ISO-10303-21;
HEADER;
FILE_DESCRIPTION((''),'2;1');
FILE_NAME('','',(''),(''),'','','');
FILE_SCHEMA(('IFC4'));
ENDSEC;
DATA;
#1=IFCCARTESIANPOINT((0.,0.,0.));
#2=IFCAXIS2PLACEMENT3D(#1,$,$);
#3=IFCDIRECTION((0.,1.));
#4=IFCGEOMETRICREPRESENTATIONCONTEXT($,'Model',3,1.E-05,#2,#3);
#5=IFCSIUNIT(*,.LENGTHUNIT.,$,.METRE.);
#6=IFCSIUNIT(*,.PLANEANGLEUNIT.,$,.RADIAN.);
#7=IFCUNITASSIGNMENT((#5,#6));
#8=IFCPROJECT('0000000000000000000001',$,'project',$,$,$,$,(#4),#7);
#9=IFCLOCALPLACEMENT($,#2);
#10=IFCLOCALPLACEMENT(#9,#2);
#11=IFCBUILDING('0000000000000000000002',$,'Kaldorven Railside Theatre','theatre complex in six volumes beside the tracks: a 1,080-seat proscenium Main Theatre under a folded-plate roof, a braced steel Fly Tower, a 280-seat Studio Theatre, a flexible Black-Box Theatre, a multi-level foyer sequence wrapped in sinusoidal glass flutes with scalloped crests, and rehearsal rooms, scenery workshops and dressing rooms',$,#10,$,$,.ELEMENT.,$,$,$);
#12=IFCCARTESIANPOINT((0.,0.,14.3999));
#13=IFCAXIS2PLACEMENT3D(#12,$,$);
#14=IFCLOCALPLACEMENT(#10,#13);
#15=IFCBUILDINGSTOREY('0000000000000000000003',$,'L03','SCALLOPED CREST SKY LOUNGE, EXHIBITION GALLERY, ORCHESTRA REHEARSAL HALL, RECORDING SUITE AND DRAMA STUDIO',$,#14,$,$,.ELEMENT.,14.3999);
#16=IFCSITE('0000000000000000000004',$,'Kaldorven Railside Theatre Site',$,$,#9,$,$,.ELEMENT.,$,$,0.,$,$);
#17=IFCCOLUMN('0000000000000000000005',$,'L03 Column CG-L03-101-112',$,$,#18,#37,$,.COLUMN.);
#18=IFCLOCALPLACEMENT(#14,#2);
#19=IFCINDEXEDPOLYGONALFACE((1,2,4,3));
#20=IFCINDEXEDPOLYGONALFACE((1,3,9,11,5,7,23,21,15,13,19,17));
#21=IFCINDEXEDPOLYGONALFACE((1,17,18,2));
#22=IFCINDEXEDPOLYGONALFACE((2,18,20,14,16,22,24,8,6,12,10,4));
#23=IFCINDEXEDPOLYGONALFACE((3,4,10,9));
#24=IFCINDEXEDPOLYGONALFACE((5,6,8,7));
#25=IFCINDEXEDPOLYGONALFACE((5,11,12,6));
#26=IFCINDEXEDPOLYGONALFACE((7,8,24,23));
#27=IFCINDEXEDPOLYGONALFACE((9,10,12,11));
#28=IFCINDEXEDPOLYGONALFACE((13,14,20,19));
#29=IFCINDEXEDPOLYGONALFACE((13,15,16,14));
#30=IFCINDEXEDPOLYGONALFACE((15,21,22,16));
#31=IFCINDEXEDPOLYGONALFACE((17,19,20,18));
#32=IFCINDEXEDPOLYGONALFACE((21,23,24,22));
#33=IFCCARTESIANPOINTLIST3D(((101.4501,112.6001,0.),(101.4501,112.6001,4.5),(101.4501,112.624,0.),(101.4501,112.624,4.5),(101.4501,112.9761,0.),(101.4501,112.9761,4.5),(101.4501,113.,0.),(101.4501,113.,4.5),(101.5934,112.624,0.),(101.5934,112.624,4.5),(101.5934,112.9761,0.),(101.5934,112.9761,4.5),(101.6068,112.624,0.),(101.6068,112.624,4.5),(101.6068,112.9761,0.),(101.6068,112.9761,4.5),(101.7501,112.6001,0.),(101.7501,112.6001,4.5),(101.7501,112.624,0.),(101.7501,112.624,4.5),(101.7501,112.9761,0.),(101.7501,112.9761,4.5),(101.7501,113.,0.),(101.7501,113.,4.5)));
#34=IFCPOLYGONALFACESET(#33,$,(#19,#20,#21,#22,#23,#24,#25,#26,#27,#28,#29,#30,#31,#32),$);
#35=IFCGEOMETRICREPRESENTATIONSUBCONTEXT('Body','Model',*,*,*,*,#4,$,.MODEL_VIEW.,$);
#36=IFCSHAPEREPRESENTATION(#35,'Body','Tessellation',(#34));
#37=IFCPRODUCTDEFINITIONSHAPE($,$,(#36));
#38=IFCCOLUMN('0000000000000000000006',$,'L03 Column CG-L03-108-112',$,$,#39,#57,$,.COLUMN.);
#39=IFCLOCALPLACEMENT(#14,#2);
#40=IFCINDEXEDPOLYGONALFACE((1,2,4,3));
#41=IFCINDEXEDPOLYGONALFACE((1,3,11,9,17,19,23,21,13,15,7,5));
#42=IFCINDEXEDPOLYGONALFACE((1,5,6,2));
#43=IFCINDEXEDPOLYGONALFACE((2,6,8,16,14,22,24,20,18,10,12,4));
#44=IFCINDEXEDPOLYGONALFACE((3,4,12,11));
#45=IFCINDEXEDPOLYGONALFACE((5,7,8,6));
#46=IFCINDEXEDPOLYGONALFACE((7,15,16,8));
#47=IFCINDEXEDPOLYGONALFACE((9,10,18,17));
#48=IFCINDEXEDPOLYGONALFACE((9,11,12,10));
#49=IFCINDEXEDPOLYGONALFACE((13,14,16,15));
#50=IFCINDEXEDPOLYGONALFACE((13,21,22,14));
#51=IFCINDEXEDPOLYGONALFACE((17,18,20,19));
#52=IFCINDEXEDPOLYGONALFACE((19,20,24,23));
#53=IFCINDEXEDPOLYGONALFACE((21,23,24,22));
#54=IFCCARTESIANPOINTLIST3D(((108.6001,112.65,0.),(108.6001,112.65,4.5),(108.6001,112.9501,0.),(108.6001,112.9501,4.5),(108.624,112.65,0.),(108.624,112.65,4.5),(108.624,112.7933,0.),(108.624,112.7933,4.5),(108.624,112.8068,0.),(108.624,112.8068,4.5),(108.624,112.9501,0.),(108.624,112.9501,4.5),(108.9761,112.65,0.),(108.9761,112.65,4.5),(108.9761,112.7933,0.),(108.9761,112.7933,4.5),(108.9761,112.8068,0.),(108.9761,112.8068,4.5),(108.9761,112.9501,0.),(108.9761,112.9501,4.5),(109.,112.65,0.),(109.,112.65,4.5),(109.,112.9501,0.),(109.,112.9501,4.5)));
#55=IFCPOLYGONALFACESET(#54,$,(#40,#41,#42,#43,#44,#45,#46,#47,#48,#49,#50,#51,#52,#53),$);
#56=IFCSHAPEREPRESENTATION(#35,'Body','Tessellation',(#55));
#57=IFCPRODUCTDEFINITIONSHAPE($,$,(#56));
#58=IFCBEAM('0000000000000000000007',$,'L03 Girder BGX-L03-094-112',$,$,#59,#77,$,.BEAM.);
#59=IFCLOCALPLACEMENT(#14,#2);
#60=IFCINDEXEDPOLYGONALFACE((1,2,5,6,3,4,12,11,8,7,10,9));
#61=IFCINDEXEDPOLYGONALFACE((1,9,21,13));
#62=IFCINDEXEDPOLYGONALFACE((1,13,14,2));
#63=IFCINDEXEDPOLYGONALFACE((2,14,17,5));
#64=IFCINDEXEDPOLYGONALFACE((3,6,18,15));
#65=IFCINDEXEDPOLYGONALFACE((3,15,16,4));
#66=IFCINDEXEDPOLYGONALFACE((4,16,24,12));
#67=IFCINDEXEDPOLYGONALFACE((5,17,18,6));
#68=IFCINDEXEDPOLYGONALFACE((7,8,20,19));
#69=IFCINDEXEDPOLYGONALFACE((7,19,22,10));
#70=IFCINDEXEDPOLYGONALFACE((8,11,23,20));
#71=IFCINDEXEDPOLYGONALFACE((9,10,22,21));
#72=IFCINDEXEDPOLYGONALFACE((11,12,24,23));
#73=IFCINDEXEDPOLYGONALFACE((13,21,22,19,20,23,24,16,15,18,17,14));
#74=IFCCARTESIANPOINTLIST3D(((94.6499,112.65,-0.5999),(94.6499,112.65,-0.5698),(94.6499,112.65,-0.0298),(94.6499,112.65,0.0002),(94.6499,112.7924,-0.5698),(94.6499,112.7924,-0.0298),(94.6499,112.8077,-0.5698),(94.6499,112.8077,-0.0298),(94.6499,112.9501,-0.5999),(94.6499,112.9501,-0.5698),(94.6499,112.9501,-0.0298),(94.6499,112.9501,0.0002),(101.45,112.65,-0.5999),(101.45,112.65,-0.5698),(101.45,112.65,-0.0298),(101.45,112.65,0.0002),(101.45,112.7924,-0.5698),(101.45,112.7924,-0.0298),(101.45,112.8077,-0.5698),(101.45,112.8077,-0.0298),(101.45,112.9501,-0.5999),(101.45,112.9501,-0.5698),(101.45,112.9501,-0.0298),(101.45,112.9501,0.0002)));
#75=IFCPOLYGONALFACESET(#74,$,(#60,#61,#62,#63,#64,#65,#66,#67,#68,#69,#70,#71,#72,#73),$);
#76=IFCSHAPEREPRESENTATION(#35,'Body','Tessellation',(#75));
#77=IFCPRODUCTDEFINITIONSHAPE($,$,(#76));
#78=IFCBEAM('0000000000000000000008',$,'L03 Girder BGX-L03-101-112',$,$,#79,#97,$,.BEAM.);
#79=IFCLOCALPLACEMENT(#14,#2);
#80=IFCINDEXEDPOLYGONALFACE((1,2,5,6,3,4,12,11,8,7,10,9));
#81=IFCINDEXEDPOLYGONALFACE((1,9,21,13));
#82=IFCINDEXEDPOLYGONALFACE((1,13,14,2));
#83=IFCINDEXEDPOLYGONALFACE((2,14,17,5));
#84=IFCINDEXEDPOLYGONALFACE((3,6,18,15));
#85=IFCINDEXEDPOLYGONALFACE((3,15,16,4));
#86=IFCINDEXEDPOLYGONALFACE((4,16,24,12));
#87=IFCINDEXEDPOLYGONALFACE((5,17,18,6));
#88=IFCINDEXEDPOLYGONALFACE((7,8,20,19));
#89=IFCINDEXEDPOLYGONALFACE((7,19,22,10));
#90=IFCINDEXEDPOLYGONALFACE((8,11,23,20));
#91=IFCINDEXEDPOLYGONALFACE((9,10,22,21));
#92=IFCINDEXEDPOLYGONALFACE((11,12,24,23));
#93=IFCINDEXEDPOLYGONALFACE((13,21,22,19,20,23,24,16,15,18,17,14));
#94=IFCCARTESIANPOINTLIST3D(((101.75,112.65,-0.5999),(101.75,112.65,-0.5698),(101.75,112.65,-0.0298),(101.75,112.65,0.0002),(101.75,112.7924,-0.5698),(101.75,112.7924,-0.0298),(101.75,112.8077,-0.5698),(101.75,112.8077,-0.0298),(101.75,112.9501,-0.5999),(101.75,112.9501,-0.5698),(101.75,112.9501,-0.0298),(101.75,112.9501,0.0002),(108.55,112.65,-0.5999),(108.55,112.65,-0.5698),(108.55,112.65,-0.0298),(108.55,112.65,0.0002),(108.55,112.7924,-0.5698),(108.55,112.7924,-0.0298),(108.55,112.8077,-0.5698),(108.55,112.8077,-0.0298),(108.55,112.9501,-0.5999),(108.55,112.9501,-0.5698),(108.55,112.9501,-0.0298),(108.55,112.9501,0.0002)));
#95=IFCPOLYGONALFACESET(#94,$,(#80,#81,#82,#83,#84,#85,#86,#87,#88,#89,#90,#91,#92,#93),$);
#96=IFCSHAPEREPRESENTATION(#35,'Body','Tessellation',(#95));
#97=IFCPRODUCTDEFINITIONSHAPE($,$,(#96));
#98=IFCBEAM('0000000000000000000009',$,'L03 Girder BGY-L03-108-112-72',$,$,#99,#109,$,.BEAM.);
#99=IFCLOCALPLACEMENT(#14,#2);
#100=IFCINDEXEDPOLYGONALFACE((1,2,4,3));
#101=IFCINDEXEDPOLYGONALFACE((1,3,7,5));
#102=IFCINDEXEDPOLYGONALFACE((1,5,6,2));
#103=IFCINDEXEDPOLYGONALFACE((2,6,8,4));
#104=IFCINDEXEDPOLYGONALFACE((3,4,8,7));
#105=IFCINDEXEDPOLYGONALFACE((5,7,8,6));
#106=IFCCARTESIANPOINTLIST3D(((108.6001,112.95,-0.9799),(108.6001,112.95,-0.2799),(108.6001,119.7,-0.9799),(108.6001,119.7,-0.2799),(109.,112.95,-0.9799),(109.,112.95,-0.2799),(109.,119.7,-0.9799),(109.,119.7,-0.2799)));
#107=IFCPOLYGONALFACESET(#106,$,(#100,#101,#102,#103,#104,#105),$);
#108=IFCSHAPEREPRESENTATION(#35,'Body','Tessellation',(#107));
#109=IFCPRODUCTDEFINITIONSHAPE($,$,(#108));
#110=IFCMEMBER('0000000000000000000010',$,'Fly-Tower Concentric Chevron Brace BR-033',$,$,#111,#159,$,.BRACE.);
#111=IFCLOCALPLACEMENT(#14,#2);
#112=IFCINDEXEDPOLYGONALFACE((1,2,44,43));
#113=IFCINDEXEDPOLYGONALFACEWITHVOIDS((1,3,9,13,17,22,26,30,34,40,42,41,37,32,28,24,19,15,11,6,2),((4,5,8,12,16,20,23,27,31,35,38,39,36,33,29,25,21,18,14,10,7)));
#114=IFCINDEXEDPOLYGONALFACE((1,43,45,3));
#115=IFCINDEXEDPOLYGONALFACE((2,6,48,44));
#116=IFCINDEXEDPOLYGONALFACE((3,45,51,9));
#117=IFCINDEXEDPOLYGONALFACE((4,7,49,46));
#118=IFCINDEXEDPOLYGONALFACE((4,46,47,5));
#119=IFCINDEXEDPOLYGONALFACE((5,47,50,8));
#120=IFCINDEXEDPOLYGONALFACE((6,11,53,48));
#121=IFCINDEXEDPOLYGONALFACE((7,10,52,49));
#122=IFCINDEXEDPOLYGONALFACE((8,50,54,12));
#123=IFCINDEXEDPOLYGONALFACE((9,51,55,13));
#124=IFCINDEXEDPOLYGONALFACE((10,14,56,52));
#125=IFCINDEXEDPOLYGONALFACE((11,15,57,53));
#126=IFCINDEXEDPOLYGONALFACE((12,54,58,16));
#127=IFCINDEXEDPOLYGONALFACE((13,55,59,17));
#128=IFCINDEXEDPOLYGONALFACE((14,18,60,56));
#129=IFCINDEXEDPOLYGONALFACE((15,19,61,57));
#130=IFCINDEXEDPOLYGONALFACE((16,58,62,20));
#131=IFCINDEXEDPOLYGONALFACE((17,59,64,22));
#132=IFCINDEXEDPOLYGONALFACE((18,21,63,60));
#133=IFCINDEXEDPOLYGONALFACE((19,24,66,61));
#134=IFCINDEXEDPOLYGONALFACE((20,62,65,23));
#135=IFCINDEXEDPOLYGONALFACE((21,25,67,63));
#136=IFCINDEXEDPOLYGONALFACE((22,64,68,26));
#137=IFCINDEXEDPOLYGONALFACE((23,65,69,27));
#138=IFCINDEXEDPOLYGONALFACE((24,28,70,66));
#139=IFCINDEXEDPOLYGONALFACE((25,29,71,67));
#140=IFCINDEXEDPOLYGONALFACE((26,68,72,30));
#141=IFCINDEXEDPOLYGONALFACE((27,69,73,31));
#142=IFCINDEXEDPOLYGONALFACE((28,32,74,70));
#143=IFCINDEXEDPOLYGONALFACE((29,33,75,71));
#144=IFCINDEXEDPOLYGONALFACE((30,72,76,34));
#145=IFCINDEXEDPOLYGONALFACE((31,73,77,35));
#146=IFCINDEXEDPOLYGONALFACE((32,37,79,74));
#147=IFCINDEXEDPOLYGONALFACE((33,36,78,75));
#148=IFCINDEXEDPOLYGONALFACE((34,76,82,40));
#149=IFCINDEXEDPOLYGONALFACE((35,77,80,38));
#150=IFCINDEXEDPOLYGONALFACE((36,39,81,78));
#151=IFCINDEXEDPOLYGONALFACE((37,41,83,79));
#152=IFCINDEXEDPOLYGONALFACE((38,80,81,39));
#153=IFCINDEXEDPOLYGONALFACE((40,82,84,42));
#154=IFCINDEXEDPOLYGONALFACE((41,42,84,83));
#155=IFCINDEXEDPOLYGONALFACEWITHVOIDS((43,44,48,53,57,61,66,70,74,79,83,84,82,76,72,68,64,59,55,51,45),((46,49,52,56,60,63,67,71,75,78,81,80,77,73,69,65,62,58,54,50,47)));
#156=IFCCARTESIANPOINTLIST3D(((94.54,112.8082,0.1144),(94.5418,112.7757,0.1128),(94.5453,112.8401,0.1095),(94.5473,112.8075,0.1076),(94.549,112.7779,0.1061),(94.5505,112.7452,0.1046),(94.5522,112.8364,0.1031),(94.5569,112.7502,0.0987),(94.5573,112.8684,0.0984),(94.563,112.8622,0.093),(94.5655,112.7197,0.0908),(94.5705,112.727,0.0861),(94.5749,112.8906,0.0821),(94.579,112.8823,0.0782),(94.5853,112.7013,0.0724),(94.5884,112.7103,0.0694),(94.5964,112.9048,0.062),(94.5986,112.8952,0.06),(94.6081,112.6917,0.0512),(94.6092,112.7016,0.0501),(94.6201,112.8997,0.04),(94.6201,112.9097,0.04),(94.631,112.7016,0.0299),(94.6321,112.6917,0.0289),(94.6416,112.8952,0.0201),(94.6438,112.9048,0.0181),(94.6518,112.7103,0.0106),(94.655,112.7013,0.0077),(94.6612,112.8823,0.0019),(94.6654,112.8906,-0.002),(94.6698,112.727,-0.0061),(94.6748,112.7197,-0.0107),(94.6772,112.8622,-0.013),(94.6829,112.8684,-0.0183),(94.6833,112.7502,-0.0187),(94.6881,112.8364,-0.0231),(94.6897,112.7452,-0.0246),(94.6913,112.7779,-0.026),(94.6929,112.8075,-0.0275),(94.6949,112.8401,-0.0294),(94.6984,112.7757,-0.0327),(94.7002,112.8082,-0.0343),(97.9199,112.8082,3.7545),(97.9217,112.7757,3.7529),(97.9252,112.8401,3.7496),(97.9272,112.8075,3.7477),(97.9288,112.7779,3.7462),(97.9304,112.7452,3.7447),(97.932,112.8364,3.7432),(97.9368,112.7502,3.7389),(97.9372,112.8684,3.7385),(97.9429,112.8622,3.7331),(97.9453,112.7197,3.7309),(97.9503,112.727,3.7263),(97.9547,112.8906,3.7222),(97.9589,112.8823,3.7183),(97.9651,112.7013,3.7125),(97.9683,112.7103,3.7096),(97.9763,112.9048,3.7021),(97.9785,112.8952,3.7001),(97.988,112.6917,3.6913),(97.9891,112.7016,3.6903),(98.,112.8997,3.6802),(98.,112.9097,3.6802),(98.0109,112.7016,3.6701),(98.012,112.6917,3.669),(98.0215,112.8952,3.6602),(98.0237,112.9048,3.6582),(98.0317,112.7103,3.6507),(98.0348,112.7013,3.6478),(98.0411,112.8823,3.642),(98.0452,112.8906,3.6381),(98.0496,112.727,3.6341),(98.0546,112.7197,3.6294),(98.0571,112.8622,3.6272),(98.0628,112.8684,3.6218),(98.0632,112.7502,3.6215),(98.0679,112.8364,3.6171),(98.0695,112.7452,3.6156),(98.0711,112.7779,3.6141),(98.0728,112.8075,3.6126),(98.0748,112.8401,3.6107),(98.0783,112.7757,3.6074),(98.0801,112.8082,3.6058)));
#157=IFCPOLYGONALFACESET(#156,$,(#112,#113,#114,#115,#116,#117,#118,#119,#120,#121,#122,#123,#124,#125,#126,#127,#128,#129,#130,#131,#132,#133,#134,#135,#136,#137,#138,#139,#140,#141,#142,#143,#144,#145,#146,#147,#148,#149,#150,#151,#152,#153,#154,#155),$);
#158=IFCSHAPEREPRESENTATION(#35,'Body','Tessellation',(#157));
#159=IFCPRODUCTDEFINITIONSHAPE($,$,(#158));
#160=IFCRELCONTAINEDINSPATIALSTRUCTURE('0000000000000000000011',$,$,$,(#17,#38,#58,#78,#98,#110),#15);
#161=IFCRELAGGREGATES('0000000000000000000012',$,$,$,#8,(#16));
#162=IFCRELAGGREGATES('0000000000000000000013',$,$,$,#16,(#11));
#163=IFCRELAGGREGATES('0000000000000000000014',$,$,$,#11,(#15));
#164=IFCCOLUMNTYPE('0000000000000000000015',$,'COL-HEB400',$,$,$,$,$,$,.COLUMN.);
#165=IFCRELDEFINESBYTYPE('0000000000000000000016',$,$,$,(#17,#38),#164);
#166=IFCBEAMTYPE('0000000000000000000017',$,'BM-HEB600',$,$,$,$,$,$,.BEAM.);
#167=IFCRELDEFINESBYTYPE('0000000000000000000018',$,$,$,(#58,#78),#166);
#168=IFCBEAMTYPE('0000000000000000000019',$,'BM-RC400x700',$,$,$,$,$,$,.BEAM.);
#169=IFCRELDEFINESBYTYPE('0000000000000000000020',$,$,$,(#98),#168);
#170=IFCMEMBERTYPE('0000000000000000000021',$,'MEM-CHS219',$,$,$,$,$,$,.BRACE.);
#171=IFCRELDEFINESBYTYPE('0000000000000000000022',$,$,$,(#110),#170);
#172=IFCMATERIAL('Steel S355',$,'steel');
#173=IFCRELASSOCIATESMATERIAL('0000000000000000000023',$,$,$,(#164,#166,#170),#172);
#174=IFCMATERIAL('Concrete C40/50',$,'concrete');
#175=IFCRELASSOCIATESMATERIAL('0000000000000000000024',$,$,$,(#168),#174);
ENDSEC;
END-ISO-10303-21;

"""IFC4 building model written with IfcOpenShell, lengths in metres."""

from ifc_helpers import new_model, si_unit, direction, frame, origin, origin_2d, place, context, subcontext, project, spatial, rectangle, hollow_circle, i_section, extrude, material, material_profile, profile_set, type_object, element, save


model = new_model("IFC4")

# Units and contexts
model_context = context("Model", 3, precision=1e-05, world=origin(), true_north=direction((0.0, 1.0)))
body_context = subcontext(model_context, "Body", "Model", "MODEL_VIEW")
ifc_project = project(units=[si_unit("LENGTHUNIT", "METRE"), si_unit("PLANEANGLEUNIT", "RADIAN")], contexts=[model_context])

# Site, building, storey
site_placement = place(None, origin())
site = spatial("IfcSite", under=ifc_project, at=site_placement, Name="Kaldorven Railside Theatre Site", CompositionType="ELEMENT", RefElevation=0.0)
building_placement = place(site_placement, origin())
building = spatial("IfcBuilding", under=site, at=building_placement, Name="Kaldorven Railside Theatre", Description="theatre complex in six volumes beside the tracks: a 1,080-seat proscenium Main Theatre under a folded-plate roof, a braced steel Fly Tower, a 280-seat Studio Theatre, a flexible Black-Box Theatre, a multi-level foyer sequence wrapped in sinusoidal glass flutes with scalloped crests, and rehearsal rooms, scenery workshops and dressing rooms", CompositionType="ELEMENT")
storey_placement = place(building_placement, frame((0.0, 0.0, 14.3999)))
storey = spatial("IfcBuildingStorey", under=building, at=storey_placement, Name="L03", Description="SCALLOPED CREST SKY LOUNGE, EXHIBITION GALLERY, ORCHESTRA REHEARSAL HALL, RECORDING SUITE AND DRAMA STUDIO", CompositionType="ELEMENT", Elevation=14.3999)

# Columns
ifc_material_1 = material(Name="Steel S355", Category="steel")
ifc_material_profile_1 = material_profile(ifc_material_1, i_section(OverallWidth=0.3, OverallDepth=0.3999, WebThickness=0.0134, FlangeThickness=0.0239, at=origin_2d()), Name="HEB 400")
ifc_profile_set_1 = profile_set([ifc_material_profile_1], Name="Steel S355")
column_type = type_object("IfcColumnType", Name="COL-HEB400", PredefinedType="COLUMN", material=ifc_profile_set_1)
for number, where, z_axis, x_axis, name in (
    (1, (101.6001, 112.8, 0.0), (0.0, 0.0, 1.0), (1.0, 0.0, 0.0), "L03 Column CG-L03-101-112"),
    (2, (108.8, 112.8, 0.0), (0.0, 0.0, 1.0), (0.0, 1.0, 0.0), "L03 Column CG-L03-108-112"),
):
    element("IfcColumn", number, at=place(storey_placement, frame(where, z_axis=z_axis, x_axis=x_axis)), inside=storey, type_object=column_type, Name=name, PredefinedType="COLUMN", context=body_context, shape_type="SweptSolid", body=[
        extrude(i_section(OverallWidth=0.3, OverallDepth=0.3999, WebThickness=0.0134, FlangeThickness=0.0239, at=origin_2d()), origin(), (0.0, 0.0, 1.0), 4.5),
    ])

# Beams
ifc_material_profile_2 = material_profile(ifc_material_1, i_section(OverallWidth=0.3, OverallDepth=0.6001, WebThickness=0.0154, FlangeThickness=0.03, at=origin_2d()), Name="HEB 600")
ifc_profile_set_2 = profile_set([ifc_material_profile_2], Name="Steel S355")
beam_type_1 = type_object("IfcBeamType", Name="BM-HEB600", PredefinedType="BEAM", material=ifc_profile_set_2)
for number, where, z_axis, x_axis, name in (
    (3, (94.6499, 112.8, -0.2998), (1.0, 0.0, 0.0), (0.0, 1.0, 0.0), "L03 Girder BGX-L03-094-112"),
    (4, (101.75, 112.8, -0.2998), (1.0, 0.0, 0.0), (0.0, 1.0, 0.0), "L03 Girder BGX-L03-101-112"),
):
    element("IfcBeam", number, at=place(storey_placement, frame(where, z_axis=z_axis, x_axis=x_axis)), inside=storey, type_object=beam_type_1, Name=name, PredefinedType="BEAM", context=body_context, shape_type="SweptSolid", body=[
        extrude(i_section(OverallWidth=0.3, OverallDepth=0.6001, WebThickness=0.0154, FlangeThickness=0.03, at=origin_2d()), origin(), (0.0, 0.0, 1.0), 6.8),
    ])
ifc_material_2 = material(Name="Concrete C40/50", Category="concrete")
ifc_material_profile_3 = material_profile(ifc_material_2, rectangle(XDim=0.3999, YDim=0.7, at=origin_2d()), Name="RC 400x700")
ifc_profile_set_3 = profile_set([ifc_material_profile_3], Name="Concrete C40/50")
beam_type_2 = type_object("IfcBeamType", Name="BM-RC400x700", PredefinedType="BEAM", material=ifc_profile_set_3)
beam_placement = place(storey_placement, frame((108.8, 112.95, -0.6299), z_axis=(0.0, 1.0, 0.0), x_axis=(-1.0, 0.0, 0.0)))
element("IfcBeam", 5, at=beam_placement, inside=storey, type_object=beam_type_2, Name="L03 Girder BGY-L03-108-112-72", PredefinedType="BEAM", context=body_context, shape_type="SweptSolid", body=[
    extrude(rectangle(XDim=0.3999, YDim=0.7, at=origin_2d()), origin(), (0.0, 0.0, 1.0), 6.75),
])

# Member
ifc_material_profile_4 = material_profile(ifc_material_1, hollow_circle(Radius=0.1096, WallThickness=0.01, at=origin_2d()), Name="CHS 219.1x10")
ifc_profile_set_4 = profile_set([ifc_material_profile_4], Name="Steel S355")
member_type = type_object("IfcMemberType", Name="MEM-CHS219", PredefinedType="BRACE", material=ifc_profile_set_4)
for number, where, z_axis, x_axis, name in (
    (6, (94.6201, 112.8, 0.04), (0.680425, 0.0, 0.732818), (0.0, 1.0, 0.0), "Fly-Tower Concentric Chevron Brace BR-033"),
):
    element("IfcMember", number, at=place(storey_placement, frame(where, z_axis=z_axis, x_axis=x_axis)), inside=storey, type_object=member_type, Name=name, PredefinedType="BRACE", context=body_context, shape_type="SweptSolid", body=[
        extrude(hollow_circle(Radius=0.1096, WallThickness=0.01, at=origin_2d()), origin(), (0.0, 0.0, 1.0), 4.9673),
    ])

save(model, "model.ifc")
